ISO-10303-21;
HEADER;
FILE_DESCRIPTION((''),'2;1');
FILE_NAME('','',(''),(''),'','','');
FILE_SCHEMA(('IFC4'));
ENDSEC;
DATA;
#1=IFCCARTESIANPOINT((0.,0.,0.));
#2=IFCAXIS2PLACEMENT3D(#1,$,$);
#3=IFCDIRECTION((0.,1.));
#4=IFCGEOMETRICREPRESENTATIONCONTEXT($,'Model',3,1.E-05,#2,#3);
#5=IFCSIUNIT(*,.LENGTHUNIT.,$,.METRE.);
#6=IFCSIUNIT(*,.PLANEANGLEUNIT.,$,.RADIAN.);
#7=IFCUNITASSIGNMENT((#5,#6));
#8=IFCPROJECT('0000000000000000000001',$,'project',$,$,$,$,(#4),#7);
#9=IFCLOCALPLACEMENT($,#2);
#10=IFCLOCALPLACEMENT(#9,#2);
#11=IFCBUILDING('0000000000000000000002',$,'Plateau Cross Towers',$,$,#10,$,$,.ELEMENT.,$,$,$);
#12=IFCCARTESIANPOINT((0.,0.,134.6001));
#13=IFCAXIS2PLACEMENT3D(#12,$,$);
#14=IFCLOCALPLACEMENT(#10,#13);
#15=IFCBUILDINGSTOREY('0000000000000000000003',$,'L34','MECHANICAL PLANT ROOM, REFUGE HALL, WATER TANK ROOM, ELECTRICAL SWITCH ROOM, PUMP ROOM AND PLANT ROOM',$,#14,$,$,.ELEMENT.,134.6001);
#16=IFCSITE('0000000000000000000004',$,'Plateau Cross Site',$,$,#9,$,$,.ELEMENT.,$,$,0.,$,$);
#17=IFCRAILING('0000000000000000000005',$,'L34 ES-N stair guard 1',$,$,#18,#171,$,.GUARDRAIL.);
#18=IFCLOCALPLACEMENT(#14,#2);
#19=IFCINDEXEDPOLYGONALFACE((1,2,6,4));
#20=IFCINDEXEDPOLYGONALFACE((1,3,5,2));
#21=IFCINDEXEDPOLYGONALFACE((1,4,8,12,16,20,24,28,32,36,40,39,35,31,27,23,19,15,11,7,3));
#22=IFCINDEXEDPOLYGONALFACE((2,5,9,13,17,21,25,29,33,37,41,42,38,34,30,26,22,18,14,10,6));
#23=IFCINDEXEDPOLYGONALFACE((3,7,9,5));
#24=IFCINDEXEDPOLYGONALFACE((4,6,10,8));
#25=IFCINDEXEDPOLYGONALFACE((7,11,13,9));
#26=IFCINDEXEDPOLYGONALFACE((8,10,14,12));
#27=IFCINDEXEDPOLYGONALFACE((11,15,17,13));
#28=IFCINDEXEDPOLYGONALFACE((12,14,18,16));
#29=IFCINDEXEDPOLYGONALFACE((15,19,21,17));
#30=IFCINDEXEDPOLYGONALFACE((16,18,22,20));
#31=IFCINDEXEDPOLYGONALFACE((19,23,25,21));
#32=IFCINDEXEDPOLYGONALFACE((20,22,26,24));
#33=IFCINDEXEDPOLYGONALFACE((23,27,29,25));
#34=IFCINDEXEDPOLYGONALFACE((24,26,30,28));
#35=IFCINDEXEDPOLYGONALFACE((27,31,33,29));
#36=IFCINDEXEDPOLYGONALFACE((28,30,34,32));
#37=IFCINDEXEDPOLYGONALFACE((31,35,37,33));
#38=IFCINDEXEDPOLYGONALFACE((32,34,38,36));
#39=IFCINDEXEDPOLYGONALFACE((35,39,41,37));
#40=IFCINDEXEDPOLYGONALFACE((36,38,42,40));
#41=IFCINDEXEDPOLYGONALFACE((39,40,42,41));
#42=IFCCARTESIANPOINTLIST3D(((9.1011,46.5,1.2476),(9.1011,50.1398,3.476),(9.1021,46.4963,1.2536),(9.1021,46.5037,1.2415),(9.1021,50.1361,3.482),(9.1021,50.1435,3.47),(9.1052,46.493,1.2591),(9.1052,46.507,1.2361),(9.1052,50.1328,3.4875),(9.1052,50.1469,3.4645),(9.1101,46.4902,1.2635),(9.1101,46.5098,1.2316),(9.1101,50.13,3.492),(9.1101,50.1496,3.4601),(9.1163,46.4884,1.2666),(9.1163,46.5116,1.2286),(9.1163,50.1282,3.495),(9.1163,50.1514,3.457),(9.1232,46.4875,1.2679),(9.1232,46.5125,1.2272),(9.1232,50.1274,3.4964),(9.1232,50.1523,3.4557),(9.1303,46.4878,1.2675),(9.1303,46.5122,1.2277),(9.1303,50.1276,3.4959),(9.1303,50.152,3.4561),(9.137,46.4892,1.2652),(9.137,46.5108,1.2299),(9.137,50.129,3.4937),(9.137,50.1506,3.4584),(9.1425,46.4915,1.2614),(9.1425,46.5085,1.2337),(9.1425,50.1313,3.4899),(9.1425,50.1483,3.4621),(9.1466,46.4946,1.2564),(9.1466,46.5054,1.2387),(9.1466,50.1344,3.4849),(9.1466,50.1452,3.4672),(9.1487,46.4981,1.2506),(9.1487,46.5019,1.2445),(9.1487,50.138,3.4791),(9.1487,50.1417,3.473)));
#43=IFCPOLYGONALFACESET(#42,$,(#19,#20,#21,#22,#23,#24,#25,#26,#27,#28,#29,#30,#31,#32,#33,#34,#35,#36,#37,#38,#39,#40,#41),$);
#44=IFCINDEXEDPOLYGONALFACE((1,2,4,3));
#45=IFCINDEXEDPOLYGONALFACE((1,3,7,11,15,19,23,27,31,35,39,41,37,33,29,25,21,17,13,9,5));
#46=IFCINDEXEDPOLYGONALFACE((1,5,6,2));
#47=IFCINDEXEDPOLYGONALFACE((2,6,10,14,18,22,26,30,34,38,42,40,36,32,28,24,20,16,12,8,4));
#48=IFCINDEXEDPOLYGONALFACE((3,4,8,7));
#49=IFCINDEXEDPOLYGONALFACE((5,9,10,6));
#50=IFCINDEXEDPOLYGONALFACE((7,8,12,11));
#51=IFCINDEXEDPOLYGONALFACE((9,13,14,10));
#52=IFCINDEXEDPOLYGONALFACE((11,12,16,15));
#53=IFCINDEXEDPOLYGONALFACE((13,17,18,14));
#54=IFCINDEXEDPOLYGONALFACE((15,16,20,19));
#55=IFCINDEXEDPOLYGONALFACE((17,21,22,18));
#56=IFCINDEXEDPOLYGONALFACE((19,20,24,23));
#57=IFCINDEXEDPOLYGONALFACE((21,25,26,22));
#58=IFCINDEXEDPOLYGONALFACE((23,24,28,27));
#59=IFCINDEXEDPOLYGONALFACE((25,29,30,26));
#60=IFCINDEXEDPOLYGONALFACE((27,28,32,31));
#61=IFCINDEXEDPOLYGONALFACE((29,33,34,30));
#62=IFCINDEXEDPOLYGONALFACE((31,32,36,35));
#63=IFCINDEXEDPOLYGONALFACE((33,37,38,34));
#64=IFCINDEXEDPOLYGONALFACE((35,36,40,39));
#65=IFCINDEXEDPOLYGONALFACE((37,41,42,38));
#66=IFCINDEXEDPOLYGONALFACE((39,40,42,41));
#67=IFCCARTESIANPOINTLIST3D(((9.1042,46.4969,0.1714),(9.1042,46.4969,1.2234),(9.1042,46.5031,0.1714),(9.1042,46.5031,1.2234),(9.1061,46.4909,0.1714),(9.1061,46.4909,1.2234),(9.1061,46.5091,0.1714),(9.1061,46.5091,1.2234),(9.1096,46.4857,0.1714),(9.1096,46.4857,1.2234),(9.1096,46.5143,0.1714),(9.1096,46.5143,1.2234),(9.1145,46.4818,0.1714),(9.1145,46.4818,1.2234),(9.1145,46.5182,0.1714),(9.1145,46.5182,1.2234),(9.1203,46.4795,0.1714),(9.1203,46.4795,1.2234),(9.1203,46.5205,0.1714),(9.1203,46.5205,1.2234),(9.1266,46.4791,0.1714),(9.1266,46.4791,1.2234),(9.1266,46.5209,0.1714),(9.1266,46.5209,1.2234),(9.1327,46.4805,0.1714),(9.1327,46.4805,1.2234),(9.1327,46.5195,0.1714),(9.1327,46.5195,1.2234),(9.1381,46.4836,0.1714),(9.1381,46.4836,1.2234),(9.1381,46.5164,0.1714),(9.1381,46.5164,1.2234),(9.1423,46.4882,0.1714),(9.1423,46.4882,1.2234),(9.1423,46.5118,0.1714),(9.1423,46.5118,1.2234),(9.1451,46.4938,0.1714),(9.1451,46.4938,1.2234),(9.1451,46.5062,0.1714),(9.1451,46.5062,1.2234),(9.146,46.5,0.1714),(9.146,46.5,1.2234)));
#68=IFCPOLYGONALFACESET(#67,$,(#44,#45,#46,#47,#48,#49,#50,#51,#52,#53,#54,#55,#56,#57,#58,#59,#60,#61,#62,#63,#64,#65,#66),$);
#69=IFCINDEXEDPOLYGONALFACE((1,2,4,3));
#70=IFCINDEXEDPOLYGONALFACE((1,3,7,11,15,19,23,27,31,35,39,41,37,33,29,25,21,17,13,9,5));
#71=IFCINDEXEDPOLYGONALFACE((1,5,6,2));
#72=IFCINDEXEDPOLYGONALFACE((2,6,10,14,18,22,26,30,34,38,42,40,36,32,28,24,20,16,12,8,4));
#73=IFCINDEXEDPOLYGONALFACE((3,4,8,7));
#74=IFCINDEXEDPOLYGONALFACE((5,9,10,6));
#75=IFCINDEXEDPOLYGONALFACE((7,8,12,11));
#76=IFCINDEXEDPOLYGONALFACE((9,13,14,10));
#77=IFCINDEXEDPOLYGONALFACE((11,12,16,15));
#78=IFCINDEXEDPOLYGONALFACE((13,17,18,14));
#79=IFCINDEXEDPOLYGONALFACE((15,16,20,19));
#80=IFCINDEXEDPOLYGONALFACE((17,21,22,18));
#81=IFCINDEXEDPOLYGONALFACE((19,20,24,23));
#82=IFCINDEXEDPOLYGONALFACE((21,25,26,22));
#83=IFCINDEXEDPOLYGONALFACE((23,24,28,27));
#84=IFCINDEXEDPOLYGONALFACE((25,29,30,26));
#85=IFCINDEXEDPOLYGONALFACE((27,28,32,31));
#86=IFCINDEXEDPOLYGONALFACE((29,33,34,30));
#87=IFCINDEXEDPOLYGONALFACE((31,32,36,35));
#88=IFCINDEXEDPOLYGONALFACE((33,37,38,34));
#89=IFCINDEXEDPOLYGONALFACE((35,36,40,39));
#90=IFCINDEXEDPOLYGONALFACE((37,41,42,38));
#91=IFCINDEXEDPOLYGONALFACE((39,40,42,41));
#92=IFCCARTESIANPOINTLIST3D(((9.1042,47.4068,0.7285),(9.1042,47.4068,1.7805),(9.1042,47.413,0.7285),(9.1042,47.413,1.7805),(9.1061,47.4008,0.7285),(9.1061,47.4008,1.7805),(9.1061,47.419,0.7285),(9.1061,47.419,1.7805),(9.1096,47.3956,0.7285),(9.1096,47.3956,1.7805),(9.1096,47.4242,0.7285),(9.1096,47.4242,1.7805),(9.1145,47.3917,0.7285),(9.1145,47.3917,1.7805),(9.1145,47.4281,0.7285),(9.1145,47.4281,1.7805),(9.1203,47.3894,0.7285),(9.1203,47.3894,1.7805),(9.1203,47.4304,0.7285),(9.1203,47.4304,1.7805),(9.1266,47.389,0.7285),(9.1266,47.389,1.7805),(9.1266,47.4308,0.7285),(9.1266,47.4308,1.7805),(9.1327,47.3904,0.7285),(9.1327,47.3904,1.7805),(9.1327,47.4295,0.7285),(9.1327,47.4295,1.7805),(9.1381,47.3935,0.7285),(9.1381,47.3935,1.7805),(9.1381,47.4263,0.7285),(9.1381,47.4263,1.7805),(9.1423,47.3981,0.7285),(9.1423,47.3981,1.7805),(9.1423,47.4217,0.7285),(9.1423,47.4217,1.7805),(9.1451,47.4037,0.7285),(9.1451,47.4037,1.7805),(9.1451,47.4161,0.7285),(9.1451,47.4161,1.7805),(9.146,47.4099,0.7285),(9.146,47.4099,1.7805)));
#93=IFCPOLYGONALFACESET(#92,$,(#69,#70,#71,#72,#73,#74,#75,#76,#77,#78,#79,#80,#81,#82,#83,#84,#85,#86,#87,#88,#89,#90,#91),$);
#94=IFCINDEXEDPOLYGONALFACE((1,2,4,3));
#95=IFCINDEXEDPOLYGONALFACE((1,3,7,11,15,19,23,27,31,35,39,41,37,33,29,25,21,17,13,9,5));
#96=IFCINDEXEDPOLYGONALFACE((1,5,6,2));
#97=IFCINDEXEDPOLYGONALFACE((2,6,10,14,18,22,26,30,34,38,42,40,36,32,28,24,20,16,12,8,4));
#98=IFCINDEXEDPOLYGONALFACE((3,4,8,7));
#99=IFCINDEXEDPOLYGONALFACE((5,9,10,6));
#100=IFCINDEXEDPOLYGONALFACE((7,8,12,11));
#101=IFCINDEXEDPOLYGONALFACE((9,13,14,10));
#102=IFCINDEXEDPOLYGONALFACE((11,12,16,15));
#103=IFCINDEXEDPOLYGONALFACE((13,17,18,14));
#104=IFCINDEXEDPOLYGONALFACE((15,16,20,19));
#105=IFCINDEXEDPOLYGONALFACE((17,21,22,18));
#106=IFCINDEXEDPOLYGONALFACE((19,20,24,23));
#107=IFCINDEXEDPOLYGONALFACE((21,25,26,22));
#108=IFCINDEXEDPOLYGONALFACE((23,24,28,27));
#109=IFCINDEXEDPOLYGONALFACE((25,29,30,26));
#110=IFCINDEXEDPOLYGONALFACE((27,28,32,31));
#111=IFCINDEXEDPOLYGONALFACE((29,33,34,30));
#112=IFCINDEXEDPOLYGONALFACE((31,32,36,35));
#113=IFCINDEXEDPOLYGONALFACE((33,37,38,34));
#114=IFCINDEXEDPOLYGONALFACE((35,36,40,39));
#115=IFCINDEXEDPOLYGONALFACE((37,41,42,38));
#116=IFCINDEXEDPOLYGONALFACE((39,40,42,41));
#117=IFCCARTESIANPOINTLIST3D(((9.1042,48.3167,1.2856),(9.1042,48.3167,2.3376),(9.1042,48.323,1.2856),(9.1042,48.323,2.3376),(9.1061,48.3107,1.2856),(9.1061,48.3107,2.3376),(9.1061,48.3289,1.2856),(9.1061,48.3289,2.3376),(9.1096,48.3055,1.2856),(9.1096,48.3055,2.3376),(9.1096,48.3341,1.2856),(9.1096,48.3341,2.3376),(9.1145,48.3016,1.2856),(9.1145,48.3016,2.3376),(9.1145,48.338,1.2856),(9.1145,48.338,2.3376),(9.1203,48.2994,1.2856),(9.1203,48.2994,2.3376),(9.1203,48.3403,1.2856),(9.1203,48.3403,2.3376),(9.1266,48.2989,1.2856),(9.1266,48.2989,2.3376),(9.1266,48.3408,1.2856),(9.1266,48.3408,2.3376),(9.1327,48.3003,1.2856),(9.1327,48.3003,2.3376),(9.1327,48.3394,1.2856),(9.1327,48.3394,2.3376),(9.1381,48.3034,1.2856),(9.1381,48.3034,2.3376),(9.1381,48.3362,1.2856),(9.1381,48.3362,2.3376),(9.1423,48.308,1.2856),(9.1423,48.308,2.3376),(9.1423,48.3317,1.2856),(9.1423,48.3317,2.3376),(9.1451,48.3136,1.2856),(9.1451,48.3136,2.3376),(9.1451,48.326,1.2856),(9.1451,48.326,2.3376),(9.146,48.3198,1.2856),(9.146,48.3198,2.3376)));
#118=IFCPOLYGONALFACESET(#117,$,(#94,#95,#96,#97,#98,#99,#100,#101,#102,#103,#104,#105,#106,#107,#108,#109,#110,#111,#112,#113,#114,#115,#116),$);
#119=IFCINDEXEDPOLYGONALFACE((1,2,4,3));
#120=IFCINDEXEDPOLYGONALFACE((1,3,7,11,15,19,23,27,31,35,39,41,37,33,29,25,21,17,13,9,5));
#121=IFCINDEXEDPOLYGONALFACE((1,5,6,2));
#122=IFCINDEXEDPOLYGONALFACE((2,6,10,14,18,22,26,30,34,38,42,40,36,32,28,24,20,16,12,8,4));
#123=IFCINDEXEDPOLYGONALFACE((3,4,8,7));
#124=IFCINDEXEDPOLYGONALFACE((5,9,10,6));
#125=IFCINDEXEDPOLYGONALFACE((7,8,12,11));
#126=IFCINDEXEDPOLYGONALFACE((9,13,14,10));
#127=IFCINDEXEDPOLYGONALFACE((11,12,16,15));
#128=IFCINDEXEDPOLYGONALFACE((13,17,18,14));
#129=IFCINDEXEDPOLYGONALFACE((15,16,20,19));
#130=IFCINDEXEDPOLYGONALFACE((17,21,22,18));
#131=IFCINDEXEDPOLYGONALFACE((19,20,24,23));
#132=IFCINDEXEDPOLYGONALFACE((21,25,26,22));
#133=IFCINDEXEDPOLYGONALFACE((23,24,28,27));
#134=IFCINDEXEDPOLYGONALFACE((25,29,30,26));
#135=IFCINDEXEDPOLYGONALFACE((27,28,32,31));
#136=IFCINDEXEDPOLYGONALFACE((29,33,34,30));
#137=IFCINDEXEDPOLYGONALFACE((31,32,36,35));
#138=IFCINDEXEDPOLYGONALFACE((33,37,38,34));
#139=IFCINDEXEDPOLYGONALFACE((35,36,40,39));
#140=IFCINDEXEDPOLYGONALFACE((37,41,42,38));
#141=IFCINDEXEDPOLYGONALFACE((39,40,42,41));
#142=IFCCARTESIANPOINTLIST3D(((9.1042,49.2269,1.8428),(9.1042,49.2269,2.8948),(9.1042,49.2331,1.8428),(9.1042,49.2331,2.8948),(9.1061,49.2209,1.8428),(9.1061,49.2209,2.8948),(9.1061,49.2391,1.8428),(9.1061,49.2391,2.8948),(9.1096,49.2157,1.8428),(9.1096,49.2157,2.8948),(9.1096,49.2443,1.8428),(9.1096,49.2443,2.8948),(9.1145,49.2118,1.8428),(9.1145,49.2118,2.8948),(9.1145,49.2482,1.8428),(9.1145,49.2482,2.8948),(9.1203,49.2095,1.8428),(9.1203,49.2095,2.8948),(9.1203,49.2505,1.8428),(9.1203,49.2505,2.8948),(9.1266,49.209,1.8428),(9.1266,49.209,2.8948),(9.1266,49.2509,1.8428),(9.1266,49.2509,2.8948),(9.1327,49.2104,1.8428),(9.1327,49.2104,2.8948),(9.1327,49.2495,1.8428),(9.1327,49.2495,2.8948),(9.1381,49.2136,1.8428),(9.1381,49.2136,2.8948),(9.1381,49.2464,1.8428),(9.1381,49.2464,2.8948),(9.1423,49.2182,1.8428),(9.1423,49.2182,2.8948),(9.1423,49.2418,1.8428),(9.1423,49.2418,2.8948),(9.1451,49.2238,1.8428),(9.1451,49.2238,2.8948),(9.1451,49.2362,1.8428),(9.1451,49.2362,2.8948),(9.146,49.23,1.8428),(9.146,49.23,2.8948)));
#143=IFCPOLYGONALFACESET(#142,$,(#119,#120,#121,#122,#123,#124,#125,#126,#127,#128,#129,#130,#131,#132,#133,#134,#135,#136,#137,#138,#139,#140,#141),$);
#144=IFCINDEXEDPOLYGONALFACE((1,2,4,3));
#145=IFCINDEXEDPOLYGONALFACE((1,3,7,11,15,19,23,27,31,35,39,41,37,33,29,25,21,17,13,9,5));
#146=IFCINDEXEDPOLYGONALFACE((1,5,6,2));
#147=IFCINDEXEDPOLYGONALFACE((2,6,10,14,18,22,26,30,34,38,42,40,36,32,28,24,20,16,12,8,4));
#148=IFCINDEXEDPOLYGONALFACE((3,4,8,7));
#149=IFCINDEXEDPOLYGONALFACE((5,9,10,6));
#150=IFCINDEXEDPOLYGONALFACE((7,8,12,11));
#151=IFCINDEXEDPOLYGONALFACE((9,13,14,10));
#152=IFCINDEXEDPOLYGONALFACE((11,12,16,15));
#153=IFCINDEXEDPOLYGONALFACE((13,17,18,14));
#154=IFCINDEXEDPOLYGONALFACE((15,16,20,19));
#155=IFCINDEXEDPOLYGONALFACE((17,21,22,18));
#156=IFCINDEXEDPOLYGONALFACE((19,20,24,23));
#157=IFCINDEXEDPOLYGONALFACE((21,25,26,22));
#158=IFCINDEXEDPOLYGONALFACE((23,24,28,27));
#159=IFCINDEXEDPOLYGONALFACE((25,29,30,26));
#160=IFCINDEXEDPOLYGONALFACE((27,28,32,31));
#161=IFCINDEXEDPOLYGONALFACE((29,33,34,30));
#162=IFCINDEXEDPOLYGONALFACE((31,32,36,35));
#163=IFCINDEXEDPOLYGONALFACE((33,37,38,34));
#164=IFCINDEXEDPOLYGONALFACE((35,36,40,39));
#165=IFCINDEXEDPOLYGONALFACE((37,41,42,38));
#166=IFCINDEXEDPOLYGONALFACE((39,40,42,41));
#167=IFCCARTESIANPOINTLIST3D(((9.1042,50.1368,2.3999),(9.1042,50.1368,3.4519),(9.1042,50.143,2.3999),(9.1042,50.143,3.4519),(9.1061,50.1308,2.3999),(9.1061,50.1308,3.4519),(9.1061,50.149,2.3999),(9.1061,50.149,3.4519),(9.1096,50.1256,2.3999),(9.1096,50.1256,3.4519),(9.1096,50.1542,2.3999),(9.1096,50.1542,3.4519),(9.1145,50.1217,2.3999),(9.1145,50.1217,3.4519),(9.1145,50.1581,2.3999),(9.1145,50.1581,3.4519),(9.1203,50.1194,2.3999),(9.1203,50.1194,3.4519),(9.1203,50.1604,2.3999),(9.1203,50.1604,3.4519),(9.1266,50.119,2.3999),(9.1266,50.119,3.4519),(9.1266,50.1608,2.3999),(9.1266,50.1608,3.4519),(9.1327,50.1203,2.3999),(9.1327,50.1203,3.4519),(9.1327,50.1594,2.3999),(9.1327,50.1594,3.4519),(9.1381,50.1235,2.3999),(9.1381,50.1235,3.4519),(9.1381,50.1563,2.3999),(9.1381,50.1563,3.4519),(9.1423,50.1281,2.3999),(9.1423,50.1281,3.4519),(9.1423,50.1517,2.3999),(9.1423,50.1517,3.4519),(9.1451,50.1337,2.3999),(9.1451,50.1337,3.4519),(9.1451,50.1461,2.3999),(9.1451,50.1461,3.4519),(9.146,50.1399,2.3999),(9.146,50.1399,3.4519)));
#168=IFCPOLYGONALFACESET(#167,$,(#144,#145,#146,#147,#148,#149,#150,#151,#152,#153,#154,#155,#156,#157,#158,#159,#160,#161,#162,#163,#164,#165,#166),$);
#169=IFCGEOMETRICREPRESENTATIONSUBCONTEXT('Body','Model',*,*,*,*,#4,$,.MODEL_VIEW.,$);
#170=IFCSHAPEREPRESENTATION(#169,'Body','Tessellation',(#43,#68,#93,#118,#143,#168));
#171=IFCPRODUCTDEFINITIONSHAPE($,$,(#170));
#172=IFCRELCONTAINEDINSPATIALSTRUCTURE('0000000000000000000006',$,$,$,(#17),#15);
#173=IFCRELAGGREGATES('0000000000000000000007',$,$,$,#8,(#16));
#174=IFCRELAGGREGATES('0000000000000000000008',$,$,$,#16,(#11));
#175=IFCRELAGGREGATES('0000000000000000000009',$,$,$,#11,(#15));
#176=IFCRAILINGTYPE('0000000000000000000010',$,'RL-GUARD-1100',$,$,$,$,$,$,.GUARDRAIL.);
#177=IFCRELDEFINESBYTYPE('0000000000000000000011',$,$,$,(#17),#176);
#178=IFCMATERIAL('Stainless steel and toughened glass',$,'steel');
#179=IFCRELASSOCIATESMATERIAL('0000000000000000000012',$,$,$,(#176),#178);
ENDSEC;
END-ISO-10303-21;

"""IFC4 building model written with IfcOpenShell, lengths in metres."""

from ifc_helpers import new_model, si_unit, direction, frame, origin, origin_2d, place, context, subcontext, project, spatial, circle, extrude, material, type_object, element, save


model = new_model("IFC4")

# Units and contexts
model_context = context("Model", 3, precision=1e-05, world=origin(), true_north=direction((0.0, 1.0)))
body_context = subcontext(model_context, "Body", "Model", "MODEL_VIEW")
ifc_project = project(units=[si_unit("LENGTHUNIT", "METRE"), si_unit("PLANEANGLEUNIT", "RADIAN")], contexts=[model_context])

# Site, building, storey
site_placement = place(None, origin())
site = spatial("IfcSite", under=ifc_project, at=site_placement, Name="Plateau Cross Site", CompositionType="ELEMENT", RefElevation=0.0)
building_placement = place(site_placement, origin())
building = spatial("IfcBuilding", under=site, at=building_placement, Name="Plateau Cross Towers", CompositionType="ELEMENT")
storey_placement = place(building_placement, frame((0.0, 0.0, 134.6001)))
storey = spatial("IfcBuildingStorey", under=building, at=storey_placement, Name="L34", Description="MECHANICAL PLANT ROOM, REFUGE HALL, WATER TANK ROOM, ELECTRICAL SWITCH ROOM, PUMP ROOM AND PLANT ROOM", CompositionType="ELEMENT", Elevation=134.6001)

# Railing
ifc_material_1 = material(Name="Stainless steel and toughened glass", Category="steel")
railing_type_1 = type_object("IfcRailingType", Name="RL-GUARD-1100", PredefinedType="GUARDRAIL", material=ifc_material_1)
railing_1_placement = place(storey_placement, frame((9.125, 46.5, 0.1714)))
element("IfcRailing", 1, at=railing_1_placement, inside=storey, type_object=railing_type_1, Name="L34 ES-N stair guard 1", PredefinedType="GUARDRAIL", context=body_context, shape_type="SweptSolid", body=[
    extrude(circle(Radius=0.0239, at=origin_2d()), frame((0.0, 0.0, 1.0762), z_axis=(0.0, 0.85285, 0.522156), x_axis=(-1.0, 0.0, 0.0)), (0.0, 0.0, 1.0), 4.2678),
    extrude(circle(Radius=0.021, at=origin_2d()), origin(), (0.0, 0.0, 1.0), 1.052),
    extrude(circle(Radius=0.021, at=origin_2d()), frame((0.0, 0.9099, 0.5571)), (0.0, 0.0, 1.0), 1.052),
    extrude(circle(Radius=0.021, at=origin_2d()), frame((0.0, 1.8198, 1.1143)), (0.0, 0.0, 1.0), 1.052),
    extrude(circle(Radius=0.021, at=origin_2d()), frame((0.0, 2.73, 1.6714)), (0.0, 0.0, 1.0), 1.052),
    extrude(circle(Radius=0.021, at=origin_2d()), frame((0.0, 3.6399, 2.2285)), (0.0, 0.0, 1.0), 1.052),
])

save(model, "model.ifc")
